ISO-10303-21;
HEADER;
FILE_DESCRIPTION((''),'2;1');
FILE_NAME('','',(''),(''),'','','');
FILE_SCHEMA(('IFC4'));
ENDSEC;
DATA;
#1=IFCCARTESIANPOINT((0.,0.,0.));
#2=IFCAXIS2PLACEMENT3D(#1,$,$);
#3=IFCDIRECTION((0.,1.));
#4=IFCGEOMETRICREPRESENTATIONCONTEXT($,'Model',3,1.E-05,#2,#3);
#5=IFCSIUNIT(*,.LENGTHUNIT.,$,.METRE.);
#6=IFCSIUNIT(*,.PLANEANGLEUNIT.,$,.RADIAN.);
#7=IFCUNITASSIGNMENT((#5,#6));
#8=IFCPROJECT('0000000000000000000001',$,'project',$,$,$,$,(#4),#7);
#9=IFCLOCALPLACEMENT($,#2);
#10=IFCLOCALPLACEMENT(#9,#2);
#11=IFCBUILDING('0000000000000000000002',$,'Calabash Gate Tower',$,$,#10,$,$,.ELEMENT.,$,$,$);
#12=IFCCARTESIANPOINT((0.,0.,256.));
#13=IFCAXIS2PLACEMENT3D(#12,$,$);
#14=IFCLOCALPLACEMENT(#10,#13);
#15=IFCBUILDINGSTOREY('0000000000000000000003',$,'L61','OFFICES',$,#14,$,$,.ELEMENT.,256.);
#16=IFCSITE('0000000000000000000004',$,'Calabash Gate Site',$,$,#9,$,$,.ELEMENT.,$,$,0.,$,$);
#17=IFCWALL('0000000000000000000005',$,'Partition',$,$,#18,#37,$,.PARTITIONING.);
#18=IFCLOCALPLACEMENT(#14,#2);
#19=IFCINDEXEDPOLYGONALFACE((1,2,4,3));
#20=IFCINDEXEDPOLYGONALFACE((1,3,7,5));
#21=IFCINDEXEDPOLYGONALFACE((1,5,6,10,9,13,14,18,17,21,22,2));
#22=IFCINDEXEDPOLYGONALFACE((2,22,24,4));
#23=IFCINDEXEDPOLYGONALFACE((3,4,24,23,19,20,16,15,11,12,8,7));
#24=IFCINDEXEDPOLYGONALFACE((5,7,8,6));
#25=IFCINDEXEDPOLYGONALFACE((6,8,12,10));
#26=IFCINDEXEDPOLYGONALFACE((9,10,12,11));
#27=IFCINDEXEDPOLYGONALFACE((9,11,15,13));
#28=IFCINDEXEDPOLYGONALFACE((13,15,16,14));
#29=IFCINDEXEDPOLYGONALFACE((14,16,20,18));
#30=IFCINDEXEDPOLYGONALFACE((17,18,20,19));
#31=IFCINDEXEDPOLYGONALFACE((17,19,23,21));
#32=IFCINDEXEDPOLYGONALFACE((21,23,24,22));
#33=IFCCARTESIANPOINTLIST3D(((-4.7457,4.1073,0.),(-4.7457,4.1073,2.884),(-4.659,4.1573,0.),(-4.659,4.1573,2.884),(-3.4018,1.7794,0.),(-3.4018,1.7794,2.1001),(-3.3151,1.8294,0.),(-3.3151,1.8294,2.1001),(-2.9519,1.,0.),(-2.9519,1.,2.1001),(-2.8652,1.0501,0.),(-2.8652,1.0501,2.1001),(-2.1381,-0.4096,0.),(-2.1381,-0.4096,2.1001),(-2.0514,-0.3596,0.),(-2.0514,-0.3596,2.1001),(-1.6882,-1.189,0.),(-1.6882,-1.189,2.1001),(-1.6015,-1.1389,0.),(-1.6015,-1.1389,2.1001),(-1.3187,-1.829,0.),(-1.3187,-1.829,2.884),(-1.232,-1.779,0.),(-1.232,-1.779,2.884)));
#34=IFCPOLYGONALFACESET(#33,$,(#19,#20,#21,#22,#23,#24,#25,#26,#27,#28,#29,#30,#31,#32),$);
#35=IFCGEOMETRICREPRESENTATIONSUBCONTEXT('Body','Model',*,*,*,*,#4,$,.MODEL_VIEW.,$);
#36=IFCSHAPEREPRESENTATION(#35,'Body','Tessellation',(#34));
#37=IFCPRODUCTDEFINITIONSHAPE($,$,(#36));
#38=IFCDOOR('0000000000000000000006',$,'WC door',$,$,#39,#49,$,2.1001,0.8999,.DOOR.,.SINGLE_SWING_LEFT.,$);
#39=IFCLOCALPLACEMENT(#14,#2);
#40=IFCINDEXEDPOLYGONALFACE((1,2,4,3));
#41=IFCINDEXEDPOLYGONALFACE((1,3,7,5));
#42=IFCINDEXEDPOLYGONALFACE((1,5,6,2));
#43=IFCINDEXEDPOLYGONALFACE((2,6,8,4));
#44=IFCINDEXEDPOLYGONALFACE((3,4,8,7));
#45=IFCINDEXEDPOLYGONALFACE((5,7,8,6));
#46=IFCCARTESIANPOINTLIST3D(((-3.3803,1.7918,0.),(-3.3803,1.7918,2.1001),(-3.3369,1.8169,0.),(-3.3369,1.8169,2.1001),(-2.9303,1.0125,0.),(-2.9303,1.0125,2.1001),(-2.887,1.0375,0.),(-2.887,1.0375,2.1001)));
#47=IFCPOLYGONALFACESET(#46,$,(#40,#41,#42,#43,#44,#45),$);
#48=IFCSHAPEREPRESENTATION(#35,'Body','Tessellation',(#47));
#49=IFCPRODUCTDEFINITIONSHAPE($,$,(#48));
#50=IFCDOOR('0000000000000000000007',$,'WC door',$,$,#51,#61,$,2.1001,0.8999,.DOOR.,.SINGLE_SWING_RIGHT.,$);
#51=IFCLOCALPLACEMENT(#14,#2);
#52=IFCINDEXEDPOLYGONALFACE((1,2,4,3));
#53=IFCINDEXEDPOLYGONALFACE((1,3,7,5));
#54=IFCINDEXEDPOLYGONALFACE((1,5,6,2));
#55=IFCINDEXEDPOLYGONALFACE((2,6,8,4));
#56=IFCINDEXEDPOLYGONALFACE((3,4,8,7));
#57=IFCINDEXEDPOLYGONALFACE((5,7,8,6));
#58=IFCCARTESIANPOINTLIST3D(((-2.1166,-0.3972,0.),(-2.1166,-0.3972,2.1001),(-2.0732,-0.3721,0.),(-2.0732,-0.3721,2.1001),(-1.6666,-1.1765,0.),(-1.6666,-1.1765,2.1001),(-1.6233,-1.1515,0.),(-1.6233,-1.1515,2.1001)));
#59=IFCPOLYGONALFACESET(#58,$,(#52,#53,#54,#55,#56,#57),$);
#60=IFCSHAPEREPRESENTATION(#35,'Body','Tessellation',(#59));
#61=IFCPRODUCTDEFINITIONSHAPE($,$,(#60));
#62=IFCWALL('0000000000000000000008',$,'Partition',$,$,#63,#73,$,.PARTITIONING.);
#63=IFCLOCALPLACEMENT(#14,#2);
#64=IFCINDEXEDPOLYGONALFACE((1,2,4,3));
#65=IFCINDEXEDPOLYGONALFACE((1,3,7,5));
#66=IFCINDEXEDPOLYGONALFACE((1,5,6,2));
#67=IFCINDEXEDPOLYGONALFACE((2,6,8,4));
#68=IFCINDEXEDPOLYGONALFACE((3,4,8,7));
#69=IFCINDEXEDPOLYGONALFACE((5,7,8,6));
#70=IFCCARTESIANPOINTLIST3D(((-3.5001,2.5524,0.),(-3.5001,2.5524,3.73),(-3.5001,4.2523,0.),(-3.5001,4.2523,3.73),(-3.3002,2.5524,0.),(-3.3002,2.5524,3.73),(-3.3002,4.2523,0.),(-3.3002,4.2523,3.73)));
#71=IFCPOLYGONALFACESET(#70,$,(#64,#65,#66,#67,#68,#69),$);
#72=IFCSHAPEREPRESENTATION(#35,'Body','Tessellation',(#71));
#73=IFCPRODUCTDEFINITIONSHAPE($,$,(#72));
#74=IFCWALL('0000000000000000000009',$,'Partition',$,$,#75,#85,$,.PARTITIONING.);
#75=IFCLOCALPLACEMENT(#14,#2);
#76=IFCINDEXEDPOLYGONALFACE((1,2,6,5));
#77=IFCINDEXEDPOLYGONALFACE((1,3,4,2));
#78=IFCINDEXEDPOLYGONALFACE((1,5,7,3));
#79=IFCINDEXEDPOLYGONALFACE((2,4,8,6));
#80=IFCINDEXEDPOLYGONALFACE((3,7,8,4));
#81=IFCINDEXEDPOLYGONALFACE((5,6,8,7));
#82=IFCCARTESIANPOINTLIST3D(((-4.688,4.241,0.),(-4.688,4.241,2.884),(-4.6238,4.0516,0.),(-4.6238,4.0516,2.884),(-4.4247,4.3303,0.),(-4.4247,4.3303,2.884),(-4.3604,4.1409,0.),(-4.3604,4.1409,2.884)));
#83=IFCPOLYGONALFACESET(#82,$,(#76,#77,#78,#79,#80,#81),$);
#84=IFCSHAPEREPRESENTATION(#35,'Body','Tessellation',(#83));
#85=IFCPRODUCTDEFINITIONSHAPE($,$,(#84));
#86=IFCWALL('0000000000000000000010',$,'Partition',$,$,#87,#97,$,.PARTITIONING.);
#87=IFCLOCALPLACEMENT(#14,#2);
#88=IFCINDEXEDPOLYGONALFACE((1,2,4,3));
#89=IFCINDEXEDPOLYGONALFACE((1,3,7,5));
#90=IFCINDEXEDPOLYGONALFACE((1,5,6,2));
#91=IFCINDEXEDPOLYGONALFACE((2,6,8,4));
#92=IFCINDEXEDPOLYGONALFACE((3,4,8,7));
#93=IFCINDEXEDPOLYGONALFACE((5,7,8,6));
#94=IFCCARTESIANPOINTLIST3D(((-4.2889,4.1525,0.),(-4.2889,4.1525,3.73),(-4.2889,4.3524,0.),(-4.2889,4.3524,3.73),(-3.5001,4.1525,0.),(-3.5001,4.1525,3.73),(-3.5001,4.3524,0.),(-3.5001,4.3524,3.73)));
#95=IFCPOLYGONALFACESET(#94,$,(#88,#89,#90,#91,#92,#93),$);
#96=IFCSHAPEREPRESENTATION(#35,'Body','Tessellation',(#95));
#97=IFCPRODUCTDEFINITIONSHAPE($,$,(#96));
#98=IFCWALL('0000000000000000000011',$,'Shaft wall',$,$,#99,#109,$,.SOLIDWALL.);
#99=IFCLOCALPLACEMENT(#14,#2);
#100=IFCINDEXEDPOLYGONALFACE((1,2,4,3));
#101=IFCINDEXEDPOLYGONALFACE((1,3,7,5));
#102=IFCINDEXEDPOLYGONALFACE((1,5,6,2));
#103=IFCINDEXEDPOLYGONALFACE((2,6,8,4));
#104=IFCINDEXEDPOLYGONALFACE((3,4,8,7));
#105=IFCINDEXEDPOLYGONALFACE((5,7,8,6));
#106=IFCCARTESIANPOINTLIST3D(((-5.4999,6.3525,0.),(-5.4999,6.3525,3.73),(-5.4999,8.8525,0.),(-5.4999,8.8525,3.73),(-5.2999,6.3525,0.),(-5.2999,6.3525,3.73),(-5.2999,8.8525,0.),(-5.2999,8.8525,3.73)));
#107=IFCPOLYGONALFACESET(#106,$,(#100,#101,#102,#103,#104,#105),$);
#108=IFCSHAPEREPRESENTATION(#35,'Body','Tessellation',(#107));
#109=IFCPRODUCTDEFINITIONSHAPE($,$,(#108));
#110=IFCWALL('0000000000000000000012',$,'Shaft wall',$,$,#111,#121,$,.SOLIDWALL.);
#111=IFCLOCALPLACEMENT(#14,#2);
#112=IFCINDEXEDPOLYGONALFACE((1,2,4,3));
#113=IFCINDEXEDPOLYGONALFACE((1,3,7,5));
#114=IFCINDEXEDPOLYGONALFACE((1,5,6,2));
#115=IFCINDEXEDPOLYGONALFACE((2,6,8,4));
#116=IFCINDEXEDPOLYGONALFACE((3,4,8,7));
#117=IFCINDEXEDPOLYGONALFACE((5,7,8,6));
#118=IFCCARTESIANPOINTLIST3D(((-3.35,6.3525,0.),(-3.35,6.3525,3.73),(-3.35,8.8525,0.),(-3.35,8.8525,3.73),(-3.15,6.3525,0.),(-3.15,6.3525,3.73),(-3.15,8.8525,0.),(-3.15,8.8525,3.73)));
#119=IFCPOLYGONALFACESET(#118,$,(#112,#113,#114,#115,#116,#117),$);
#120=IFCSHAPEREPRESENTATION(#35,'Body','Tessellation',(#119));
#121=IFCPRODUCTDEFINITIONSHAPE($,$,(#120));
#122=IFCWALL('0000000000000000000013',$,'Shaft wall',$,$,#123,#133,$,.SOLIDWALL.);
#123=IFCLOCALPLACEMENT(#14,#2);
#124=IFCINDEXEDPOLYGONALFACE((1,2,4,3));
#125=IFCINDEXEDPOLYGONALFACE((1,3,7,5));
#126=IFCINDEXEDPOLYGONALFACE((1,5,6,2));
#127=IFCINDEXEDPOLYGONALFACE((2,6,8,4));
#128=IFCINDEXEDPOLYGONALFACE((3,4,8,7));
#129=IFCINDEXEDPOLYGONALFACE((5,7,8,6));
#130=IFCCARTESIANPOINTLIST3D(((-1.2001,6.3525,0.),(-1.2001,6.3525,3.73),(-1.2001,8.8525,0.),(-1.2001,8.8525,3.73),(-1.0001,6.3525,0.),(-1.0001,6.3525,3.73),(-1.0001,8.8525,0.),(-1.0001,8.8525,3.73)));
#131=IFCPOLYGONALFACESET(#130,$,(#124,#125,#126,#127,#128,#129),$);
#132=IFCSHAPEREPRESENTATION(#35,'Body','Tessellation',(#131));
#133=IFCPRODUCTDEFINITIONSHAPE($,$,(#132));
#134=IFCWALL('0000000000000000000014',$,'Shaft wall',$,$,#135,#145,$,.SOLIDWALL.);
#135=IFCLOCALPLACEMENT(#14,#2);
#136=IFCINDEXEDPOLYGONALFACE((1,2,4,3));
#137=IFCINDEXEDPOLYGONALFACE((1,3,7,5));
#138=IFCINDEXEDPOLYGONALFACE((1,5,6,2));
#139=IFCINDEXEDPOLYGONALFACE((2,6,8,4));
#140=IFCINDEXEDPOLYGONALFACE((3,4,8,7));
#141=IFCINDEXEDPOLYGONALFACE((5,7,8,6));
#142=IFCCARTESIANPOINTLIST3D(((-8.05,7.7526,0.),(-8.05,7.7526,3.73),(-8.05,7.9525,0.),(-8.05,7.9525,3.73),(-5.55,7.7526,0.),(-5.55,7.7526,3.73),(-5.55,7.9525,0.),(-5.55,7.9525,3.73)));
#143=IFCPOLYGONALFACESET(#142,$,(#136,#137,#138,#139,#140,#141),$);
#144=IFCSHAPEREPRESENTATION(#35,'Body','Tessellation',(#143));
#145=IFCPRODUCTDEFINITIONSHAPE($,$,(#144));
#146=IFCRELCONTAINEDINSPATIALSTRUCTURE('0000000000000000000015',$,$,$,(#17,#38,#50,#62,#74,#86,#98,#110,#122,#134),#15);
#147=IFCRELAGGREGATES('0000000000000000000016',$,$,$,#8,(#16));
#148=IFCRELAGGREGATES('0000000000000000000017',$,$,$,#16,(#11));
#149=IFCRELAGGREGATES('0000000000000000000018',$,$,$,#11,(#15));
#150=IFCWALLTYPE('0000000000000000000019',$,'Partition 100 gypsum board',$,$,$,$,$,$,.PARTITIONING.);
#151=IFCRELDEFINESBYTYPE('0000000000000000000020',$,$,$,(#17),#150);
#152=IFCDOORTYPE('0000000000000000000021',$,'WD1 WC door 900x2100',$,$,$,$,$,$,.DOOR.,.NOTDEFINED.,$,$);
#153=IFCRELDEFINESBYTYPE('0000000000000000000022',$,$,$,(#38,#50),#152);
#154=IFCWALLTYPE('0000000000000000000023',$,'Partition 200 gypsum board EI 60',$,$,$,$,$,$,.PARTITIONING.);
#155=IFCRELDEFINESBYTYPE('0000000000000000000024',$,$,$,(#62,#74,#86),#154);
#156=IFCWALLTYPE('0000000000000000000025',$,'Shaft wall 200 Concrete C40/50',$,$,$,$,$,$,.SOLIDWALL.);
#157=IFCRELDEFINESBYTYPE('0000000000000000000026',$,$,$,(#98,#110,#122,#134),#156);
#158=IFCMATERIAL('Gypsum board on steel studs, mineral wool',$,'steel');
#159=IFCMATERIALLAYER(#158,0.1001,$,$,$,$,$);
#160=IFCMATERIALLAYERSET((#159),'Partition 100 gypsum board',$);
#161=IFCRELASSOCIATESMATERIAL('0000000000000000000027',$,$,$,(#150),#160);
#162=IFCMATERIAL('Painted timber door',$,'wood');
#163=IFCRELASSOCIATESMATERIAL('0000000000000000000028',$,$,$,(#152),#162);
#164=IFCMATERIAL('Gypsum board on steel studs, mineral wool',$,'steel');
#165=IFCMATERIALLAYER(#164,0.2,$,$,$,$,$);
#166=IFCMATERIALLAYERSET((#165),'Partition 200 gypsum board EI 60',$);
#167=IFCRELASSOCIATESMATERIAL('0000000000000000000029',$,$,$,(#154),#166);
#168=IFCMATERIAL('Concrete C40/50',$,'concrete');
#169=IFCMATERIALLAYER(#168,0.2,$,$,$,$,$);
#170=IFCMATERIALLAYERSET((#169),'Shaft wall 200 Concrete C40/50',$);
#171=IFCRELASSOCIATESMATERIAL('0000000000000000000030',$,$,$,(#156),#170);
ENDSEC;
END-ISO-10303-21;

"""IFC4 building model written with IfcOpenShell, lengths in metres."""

from ifc_helpers import new_model, si_unit, direction, frame, frame_2d, origin, place, context, subcontext, project, spatial, rectangle, extrude, material, layer, layer_set, type_object, element, fill, save


model = new_model("IFC4")

# Units and contexts
model_context = context("Model", 3, precision=1e-05, world=origin(), true_north=direction((0.0, 1.0)))
body_context = subcontext(model_context, "Body", "Model", "MODEL_VIEW")
ifc_project = project(units=[si_unit("LENGTHUNIT", "METRE"), si_unit("PLANEANGLEUNIT", "RADIAN")], contexts=[model_context])

# Site, building, storey
site_placement = place(None, origin())
site = spatial("IfcSite", under=ifc_project, at=site_placement, Name="Calabash Gate Site", CompositionType="ELEMENT", RefElevation=0.0)
building_placement = place(site_placement, origin())
building = spatial("IfcBuilding", under=site, at=building_placement, Name="Calabash Gate Tower", CompositionType="ELEMENT")
storey_placement = place(building_placement, frame((0.0, 0.0, 256.0)))
storey = spatial("IfcBuildingStorey", under=building, at=storey_placement, Name="L61", Description="OFFICES", CompositionType="ELEMENT", Elevation=256.0)

# Wall, openings, doors
ifc_material_1 = material(Name="Gypsum board on steel studs, mineral wool", Category="steel")
ifc_layer_1 = layer(ifc_material_1, 0.1001)
ifc_layer_set_1 = layer_set([ifc_layer_1], Name="Partition 100 gypsum board")
wall_type_1 = type_object("IfcWallType", Name="Partition 100 gypsum board", PredefinedType="PARTITIONING", material=ifc_layer_set_1)
wall_1_placement = place(storey_placement, frame((-4.7024, 4.1323, 0.0), z_axis=(0.0, 0.0, 1.0), x_axis=(0.499966, -0.866045, 0.0)))
wall_1 = element("IfcWall", 1, at=wall_1_placement, inside=storey, type_object=wall_type_1, Name="Partition", PredefinedType="PARTITIONING", context=body_context, shape_type="SweptSolid", body=[
    extrude(rectangle(XDim=6.8545, YDim=0.1001, at=frame_2d((3.4272, 0.0))), origin(), (0.0, 0.0, 1.0), 2.884),
])
opening_1_placement = place(wall_1_placement, frame((2.688, 0.0, 0.0)))
opening_1 = element("IfcOpeningElement", 2, at=opening_1_placement, cuts=wall_1, PredefinedType="OPENING", context=body_context, shape_type="SweptSolid", body=[
    extrude(rectangle(XDim=0.8999, YDim=2.1001, at=frame_2d((0.45, 1.05))), frame((0.0, 0.0601, 0.0), z_axis=(0.0, -1.0, 0.0), x_axis=(1.0, 0.0, 0.0)), (0.0, 0.0, 1.0), 0.1201),
])
opening_2_placement = place(wall_1_placement, frame((5.2156, 0.0, 0.0)))
opening_2 = element("IfcOpeningElement", 3, at=opening_2_placement, cuts=wall_1, PredefinedType="OPENING", context=body_context, shape_type="SweptSolid", body=[
    extrude(rectangle(XDim=0.8999, YDim=2.1001, at=frame_2d((0.45, 1.05))), frame((0.0, 0.0601, 0.0), z_axis=(0.0, -1.0, 0.0), x_axis=(1.0, 0.0, 0.0)), (0.0, 0.0, 1.0), 0.1201),
])
ifc_material_2 = material(Name="Painted timber door", Category="wood")
door_type_1 = type_object("IfcDoorType", Name="WD1 WC door 900x2100", OperationType="NOTDEFINED", PredefinedType="DOOR", material=ifc_material_2)
door_1_placement = place(opening_1_placement, origin())
door_1 = element("IfcDoor", 4, at=door_1_placement, inside=storey, type_object=door_type_1, Name="WC door", OperationType="SINGLE_SWING_LEFT", OverallHeight=2.1001, OverallWidth=0.8999, PredefinedType="DOOR", context=body_context, shape_type="SweptSolid", body=[
    extrude(rectangle(XDim=0.8999, YDim=2.1001, at=frame_2d((0.45, 1.05))), frame((0.0, 0.0249, 0.0), z_axis=(0.0, -1.0, 0.0), x_axis=(1.0, 0.0, 0.0)), (0.0, 0.0, 1.0), 0.05),
])
fill(opening_1, door_1)
door_2_placement = place(opening_2_placement, origin())
door_2 = element("IfcDoor", 5, at=door_2_placement, inside=storey, type_object=door_type_1, Name="WC door", OperationType="SINGLE_SWING_RIGHT", OverallHeight=2.1001, OverallWidth=0.8999, PredefinedType="DOOR", context=body_context, shape_type="SweptSolid", body=[
    extrude(rectangle(XDim=0.8999, YDim=2.1001, at=frame_2d((0.45, 1.05))), frame((0.0, 0.0249, 0.0), z_axis=(0.0, -1.0, 0.0), x_axis=(1.0, 0.0, 0.0)), (0.0, 0.0, 1.0), 0.05),
])
fill(opening_2, door_2)

# Walls
ifc_material_3 = material(Name="Gypsum board on steel studs, mineral wool", Category="steel")
ifc_layer_2 = layer(ifc_material_3, 0.2)
ifc_layer_set_2 = layer_set([ifc_layer_2], Name="Partition 200 gypsum board EI 60")
wall_type_2 = type_object("IfcWallType", Name="Partition 200 gypsum board EI 60", PredefinedType="PARTITIONING", material=ifc_layer_set_2)
wall_2_placement = place(storey_placement, frame((-3.4001, 4.2524, 0.0), z_axis=(0.0, 0.0, 1.0), x_axis=(0.0, -1.0, 0.0)))
element("IfcWall", 6, at=wall_2_placement, inside=storey, type_object=wall_type_2, Name="Partition", PredefinedType="PARTITIONING", context=body_context, shape_type="SweptSolid", body=[
    extrude(rectangle(XDim=1.7, YDim=0.2, at=frame_2d((0.8501, 0.0))), origin(), (0.0, 0.0, 1.0), 3.73),
])
wall_3_placement = place(storey_placement, frame((-4.656, 4.1462, 0.0), z_axis=(0.0, 0.0, 1.0), x_axis=(0.947003, 0.321226, 0.0)))
element("IfcWall", 7, at=wall_3_placement, inside=storey, type_object=wall_type_2, Name="Partition", PredefinedType="PARTITIONING", context=body_context, shape_type="SweptSolid", body=[
    extrude(rectangle(XDim=0.2781, YDim=0.2, at=frame_2d((0.1392, 0.0))), origin(), (0.0, 0.0, 1.0), 2.884),
])
wall_4_placement = place(storey_placement, frame((-4.2891, 4.2524, 0.0), z_axis=(0.0, 0.0, 1.0), x_axis=(1.0, 0.0, 0.0)))
element("IfcWall", 8, at=wall_4_placement, inside=storey, type_object=wall_type_2, Name="Partition", PredefinedType="PARTITIONING", context=body_context, shape_type="SweptSolid", body=[
    extrude(rectangle(XDim=0.7888, YDim=0.2, at=frame_2d((0.3945, 0.0))), origin(), (0.0, 0.0, 1.0), 3.73),
])
ifc_material_4 = material(Name="Concrete C40/50", Category="concrete")
ifc_layer_3 = layer(ifc_material_4, 0.2)
ifc_layer_set_3 = layer_set([ifc_layer_3], Name="Shaft wall 200 Concrete C40/50")
wall_type_3 = type_object("IfcWallType", Name="Shaft wall 200 Concrete C40/50", PredefinedType="SOLIDWALL", material=ifc_layer_set_3)
for number, where, z_axis, x_axis, name in (
    (9, (-5.3999, 6.3525, 0.0), (0.0, 0.0, 1.0), (0.0, 1.0, 0.0), "Shaft wall"),
    (10, (-3.25, 6.3525, 0.0), (0.0, 0.0, 1.0), (0.0, 1.0, 0.0), "Shaft wall"),
    (11, (-1.1001, 6.3525, 0.0), (0.0, 0.0, 1.0), (0.0, 1.0, 0.0), "Shaft wall"),
    (12, (-8.05, 7.8525, 0.0), (0.0, 0.0, 1.0), (1.0, 0.0, 0.0), "Shaft wall"),
):
    element("IfcWall", number, at=place(storey_placement, frame(where, z_axis=z_axis, x_axis=x_axis)), inside=storey, type_object=wall_type_3, Name=name, PredefinedType="SOLIDWALL", context=body_context, shape_type="SweptSolid", body=[
        extrude(rectangle(XDim=2.5, YDim=0.2, at=frame_2d((1.25, 0.0))), origin(), (0.0, 0.0, 1.0), 3.73),
    ])

save(model, "model.ifc")
